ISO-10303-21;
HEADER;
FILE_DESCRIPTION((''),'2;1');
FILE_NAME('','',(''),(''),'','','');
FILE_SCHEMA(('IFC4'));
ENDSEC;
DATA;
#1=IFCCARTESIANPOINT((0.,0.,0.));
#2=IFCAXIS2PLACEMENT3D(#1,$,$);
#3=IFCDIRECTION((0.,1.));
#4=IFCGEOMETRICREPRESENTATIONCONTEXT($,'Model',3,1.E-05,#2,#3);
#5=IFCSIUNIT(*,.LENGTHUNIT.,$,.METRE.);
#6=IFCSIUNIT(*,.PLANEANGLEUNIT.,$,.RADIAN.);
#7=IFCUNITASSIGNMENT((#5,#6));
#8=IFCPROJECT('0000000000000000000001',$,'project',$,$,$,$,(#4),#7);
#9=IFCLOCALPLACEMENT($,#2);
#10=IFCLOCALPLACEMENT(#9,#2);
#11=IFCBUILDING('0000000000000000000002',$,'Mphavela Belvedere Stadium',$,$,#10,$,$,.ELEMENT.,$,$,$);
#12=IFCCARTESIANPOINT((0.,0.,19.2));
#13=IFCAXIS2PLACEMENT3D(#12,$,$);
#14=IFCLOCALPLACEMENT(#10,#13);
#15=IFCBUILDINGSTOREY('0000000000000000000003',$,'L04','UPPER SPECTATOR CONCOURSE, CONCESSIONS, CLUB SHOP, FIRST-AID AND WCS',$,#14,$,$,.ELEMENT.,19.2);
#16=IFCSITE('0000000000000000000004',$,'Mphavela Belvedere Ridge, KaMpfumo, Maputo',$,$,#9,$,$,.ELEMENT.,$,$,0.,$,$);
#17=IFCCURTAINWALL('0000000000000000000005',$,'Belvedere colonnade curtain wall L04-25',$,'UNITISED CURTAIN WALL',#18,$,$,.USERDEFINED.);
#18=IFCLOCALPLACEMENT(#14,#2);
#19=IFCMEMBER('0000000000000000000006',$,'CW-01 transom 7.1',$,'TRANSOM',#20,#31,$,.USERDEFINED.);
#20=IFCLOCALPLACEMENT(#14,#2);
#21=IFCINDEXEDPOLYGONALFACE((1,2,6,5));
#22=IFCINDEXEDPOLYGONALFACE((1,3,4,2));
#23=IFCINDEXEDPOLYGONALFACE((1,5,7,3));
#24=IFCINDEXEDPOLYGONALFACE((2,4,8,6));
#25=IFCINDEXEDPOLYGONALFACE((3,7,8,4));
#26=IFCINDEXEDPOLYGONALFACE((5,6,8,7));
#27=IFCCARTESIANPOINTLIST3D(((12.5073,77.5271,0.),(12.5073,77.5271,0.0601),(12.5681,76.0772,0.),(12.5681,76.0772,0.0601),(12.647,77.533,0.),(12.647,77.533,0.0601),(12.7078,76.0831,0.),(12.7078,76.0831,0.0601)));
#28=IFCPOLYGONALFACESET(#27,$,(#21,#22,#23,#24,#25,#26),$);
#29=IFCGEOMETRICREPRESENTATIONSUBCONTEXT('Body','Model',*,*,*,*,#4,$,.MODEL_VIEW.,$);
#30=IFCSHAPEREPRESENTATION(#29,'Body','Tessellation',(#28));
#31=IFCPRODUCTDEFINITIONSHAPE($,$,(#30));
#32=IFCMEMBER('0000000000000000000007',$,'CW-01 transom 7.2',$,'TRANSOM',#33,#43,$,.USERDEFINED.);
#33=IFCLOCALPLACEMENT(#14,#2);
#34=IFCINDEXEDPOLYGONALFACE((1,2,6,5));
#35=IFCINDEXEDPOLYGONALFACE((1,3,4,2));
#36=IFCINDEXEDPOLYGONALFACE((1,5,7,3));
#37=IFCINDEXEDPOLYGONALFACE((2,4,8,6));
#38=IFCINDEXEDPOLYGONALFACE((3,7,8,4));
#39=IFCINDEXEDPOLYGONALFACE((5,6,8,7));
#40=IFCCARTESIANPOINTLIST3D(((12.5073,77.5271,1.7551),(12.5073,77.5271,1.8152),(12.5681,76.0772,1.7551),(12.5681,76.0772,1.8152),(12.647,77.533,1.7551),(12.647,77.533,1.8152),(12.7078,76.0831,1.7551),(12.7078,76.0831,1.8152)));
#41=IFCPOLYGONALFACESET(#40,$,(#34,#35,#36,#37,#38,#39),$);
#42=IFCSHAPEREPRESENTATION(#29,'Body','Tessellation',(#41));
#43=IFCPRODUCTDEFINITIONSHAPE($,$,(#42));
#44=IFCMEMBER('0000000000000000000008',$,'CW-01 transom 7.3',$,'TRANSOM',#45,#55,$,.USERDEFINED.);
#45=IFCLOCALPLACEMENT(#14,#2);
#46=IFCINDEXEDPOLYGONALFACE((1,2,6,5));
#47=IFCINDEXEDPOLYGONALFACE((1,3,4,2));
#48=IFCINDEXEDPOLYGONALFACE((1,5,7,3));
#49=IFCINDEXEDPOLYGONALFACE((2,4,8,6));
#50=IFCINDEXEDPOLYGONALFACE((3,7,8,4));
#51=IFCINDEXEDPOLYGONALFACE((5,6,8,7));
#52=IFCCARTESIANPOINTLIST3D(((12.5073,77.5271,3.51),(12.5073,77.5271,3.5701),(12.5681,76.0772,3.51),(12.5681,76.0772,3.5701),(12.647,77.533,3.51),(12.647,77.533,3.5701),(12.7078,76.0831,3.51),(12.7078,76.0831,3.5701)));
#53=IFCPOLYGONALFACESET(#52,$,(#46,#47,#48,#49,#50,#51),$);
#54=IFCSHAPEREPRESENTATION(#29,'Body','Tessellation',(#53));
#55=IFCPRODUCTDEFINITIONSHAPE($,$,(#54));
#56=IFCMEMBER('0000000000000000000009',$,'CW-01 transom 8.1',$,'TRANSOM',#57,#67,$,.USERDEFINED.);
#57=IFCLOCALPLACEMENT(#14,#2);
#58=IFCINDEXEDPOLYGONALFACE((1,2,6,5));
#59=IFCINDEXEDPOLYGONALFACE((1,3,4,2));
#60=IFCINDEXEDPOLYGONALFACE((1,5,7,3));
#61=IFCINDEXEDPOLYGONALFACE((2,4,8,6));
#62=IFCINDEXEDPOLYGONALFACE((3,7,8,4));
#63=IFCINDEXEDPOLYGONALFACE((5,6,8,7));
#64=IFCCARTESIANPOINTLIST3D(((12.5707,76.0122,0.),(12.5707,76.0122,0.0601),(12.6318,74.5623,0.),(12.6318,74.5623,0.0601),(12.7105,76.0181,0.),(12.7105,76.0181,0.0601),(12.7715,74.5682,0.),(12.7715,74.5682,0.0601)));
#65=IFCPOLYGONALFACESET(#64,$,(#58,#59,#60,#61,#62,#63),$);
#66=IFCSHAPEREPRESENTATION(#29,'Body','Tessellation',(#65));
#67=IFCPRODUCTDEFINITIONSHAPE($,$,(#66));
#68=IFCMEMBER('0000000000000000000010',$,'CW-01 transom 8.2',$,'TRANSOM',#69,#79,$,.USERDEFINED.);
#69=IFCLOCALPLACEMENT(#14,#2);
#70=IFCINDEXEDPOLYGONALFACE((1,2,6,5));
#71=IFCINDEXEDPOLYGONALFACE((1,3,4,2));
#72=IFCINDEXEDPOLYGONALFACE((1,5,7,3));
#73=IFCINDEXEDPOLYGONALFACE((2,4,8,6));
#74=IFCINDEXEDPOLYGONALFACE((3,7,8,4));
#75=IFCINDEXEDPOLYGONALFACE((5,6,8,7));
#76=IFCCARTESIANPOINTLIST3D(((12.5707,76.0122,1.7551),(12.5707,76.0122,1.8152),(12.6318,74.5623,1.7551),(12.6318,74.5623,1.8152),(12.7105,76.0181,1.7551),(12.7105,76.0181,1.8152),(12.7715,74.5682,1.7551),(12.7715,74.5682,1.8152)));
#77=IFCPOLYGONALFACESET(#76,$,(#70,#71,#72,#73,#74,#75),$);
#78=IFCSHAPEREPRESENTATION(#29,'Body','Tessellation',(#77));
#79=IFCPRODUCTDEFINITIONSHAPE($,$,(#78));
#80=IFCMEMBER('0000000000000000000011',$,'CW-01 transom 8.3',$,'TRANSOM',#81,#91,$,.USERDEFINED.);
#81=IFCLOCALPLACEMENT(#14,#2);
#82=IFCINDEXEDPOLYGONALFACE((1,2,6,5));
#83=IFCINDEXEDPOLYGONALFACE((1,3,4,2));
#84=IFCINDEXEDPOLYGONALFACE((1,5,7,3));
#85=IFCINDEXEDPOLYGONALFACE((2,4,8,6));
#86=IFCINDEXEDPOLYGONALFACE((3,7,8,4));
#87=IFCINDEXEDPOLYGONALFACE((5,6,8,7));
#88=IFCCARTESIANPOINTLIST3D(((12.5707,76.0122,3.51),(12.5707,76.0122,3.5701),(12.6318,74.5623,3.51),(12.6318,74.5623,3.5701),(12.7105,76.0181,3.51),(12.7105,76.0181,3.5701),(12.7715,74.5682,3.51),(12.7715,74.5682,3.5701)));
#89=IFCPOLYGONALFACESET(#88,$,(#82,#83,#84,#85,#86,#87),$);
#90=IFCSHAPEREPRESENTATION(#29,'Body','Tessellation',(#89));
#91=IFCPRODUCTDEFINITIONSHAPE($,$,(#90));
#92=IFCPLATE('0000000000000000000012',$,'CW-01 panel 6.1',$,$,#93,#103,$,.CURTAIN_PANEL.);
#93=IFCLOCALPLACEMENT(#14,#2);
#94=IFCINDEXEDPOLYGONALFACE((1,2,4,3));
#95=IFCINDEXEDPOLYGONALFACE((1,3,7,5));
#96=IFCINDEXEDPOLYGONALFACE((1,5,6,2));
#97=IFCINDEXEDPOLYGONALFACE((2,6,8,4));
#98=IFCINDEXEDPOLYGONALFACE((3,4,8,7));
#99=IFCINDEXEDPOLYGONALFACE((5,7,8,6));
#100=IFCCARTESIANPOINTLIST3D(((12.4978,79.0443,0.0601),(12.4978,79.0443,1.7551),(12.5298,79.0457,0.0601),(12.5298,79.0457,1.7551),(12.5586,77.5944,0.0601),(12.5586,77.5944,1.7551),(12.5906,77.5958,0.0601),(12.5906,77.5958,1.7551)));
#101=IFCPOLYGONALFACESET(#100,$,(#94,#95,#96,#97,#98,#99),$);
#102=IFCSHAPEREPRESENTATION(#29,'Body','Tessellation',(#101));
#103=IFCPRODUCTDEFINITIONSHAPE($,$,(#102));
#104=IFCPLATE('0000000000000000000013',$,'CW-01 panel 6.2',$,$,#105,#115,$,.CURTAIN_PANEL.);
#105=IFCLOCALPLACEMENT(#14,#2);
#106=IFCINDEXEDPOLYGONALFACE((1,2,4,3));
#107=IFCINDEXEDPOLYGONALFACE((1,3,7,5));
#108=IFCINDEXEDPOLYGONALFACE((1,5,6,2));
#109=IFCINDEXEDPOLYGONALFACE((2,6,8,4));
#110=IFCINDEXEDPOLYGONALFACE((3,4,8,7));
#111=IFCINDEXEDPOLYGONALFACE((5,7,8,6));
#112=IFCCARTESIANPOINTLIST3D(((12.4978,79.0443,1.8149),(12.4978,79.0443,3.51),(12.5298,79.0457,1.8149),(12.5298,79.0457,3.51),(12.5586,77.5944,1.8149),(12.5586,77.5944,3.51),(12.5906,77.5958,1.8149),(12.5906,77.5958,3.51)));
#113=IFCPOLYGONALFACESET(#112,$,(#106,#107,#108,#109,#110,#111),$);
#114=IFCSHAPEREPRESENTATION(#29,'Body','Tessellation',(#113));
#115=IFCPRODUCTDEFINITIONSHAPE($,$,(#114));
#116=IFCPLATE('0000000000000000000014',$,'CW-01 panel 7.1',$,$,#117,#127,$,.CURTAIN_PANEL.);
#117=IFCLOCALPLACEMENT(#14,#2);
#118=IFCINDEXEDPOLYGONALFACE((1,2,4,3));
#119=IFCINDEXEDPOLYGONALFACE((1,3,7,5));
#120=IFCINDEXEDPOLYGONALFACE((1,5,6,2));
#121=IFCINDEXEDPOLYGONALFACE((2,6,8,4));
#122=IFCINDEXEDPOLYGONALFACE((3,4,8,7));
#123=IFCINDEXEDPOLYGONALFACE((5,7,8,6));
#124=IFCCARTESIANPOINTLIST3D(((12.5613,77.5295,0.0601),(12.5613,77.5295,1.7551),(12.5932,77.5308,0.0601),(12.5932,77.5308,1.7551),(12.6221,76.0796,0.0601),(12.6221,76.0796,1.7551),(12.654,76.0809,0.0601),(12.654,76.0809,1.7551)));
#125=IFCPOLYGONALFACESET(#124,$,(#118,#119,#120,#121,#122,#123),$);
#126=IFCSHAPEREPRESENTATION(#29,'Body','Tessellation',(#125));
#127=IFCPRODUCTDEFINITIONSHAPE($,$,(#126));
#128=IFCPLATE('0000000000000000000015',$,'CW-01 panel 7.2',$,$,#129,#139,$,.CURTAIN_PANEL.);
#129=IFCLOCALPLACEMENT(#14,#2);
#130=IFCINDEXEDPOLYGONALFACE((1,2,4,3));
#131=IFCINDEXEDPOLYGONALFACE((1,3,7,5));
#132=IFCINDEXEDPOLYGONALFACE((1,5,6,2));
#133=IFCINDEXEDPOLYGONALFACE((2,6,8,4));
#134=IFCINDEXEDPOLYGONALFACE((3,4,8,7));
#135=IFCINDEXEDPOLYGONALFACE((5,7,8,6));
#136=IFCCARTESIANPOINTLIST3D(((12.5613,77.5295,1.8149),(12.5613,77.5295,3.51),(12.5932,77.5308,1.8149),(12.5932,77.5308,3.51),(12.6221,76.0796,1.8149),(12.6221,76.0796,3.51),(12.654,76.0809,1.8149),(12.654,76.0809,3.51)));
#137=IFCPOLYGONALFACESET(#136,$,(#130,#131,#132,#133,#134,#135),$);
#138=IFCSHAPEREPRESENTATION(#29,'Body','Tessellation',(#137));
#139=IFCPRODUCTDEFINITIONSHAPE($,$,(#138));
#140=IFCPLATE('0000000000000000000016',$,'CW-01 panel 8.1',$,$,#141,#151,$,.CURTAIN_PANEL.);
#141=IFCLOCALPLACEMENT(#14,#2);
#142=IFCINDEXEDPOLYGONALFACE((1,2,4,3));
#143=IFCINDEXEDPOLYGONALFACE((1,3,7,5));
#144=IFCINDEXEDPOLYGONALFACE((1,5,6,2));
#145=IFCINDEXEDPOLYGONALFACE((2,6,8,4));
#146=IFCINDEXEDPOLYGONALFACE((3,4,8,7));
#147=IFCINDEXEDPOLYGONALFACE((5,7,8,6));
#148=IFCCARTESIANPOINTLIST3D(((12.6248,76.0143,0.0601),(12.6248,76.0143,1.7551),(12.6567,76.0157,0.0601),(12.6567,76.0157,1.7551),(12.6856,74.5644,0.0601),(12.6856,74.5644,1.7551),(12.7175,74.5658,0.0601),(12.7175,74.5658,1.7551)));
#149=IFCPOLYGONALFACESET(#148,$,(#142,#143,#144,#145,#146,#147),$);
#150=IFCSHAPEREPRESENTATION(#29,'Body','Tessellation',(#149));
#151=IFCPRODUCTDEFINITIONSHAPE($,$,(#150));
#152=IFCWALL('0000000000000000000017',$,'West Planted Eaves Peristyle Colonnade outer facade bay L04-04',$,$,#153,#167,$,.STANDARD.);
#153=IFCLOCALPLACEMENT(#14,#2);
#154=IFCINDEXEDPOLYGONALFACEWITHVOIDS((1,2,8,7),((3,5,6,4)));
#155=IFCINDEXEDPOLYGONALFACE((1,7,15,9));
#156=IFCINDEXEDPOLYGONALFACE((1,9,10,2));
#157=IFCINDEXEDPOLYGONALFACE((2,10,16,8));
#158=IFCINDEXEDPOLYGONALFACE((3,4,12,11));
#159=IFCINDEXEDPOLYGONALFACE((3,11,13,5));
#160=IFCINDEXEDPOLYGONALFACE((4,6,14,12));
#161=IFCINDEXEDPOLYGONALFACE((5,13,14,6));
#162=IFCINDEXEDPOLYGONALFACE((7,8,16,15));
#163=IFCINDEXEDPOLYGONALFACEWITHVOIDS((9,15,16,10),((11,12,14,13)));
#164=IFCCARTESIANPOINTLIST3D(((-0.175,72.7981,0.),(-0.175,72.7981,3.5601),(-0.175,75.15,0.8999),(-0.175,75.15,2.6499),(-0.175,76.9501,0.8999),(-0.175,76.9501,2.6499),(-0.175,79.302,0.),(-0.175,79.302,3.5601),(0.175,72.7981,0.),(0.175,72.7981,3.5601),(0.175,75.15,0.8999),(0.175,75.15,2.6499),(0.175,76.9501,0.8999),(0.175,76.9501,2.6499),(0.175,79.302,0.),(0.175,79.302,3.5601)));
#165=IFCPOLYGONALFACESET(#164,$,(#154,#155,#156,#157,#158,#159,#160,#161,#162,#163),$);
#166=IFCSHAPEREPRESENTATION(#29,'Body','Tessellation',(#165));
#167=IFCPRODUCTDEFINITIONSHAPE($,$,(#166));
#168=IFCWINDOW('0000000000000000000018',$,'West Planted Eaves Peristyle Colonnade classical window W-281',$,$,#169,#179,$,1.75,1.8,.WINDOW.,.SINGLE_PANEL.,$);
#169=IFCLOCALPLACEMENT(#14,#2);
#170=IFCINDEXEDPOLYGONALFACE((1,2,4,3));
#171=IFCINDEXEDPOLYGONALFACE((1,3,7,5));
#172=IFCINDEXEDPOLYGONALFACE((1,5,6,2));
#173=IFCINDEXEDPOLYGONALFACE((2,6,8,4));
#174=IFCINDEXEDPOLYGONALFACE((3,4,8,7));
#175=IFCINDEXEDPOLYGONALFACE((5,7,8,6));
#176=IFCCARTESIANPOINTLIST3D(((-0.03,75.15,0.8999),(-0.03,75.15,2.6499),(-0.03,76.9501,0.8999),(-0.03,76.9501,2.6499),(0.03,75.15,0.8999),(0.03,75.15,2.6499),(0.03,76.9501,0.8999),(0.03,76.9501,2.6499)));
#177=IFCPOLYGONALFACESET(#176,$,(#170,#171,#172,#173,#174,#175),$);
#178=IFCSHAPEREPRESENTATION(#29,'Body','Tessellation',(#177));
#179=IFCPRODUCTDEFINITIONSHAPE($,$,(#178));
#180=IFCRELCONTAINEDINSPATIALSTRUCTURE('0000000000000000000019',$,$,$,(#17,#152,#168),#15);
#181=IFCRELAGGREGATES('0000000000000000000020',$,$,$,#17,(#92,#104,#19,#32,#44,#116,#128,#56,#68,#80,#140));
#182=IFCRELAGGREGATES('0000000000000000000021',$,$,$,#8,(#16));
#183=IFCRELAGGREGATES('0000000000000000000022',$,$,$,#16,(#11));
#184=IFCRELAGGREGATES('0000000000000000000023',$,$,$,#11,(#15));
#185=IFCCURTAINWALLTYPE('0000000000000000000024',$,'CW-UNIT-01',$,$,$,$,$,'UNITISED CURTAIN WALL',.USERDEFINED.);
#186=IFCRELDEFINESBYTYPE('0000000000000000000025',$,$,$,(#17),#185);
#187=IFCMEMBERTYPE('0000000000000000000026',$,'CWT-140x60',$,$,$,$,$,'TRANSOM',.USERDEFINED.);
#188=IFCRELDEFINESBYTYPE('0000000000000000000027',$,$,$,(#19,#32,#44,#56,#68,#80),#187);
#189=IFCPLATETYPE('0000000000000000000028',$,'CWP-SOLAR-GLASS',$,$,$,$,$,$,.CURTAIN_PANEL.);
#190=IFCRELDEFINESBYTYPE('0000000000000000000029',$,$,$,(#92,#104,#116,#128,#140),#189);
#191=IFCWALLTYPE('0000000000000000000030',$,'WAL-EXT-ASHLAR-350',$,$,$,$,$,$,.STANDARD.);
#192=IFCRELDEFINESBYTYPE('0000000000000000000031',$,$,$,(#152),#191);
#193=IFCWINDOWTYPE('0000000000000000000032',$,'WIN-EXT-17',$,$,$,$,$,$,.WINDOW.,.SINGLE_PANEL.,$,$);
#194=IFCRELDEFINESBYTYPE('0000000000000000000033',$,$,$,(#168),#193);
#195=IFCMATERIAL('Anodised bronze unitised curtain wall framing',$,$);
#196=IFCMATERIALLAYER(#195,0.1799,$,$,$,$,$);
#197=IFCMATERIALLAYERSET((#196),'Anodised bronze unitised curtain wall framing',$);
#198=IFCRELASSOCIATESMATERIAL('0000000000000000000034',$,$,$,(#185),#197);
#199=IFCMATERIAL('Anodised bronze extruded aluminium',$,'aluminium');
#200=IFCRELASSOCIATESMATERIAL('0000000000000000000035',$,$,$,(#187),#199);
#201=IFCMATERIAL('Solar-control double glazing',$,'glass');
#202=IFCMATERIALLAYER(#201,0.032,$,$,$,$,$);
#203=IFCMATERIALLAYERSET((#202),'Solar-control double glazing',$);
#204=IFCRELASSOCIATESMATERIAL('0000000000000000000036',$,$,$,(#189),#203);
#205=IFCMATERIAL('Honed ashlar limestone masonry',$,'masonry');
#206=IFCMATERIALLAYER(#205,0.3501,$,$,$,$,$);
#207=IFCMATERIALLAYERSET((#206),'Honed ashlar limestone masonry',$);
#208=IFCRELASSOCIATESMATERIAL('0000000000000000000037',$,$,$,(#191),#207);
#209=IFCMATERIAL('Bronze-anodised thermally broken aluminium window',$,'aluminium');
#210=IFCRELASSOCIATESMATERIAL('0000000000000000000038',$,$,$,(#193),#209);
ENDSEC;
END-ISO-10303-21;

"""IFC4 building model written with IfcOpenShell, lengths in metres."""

from ifc_helpers import new_model, si_unit, direction, frame, frame_2d, origin, origin_2d, place, context, subcontext, project, spatial, rectangle, extrude, material, layer, layer_set, material_profile, profile_set, type_object, element, fill, aggregate, save


model = new_model("IFC4")

# Units and contexts
model_context = context("Model", 3, precision=1e-05, world=origin(), true_north=direction((0.0, 1.0)))
body_context = subcontext(model_context, "Body", "Model", "MODEL_VIEW")
ifc_project = project(units=[si_unit("LENGTHUNIT", "METRE"), si_unit("PLANEANGLEUNIT", "RADIAN")], contexts=[model_context])

# Site, building, storey
site_placement = place(None, origin())
site = spatial("IfcSite", under=ifc_project, at=site_placement, Name="Mphavela Belvedere Ridge, KaMpfumo, Maputo", CompositionType="ELEMENT", RefElevation=0.0)
building_placement = place(site_placement, origin())
building = spatial("IfcBuilding", under=site, at=building_placement, Name="Mphavela Belvedere Stadium", CompositionType="ELEMENT")
storey_placement = place(building_placement, frame((0.0, 0.0, 19.2)))
storey = spatial("IfcBuildingStorey", under=building, at=storey_placement, Name="L04", Description="UPPER SPECTATOR CONCOURSE, CONCESSIONS, CLUB SHOP, FIRST-AID AND WCS", CompositionType="ELEMENT", Elevation=19.2)

# Curtain wall, members, plates
ifc_material_1 = material(Name="Anodised bronze unitised curtain wall framing")
ifc_layer_1 = layer(ifc_material_1, 0.1799)
ifc_layer_set_1 = layer_set([ifc_layer_1], Name="Anodised bronze unitised curtain wall framing")
curtain_wall_type = type_object("IfcCurtainWallType", Name="CW-UNIT-01", ElementType="UNITISED CURTAIN WALL", PredefinedType="USERDEFINED", material=ifc_layer_set_1)
curtain_wall_placement = place(storey_placement, origin())
curtain_wall = element("IfcCurtainWall", 1, at=curtain_wall_placement, inside=storey, type_object=curtain_wall_type, Name="Belvedere colonnade curtain wall L04-25", ObjectType="UNITISED CURTAIN WALL", PredefinedType="USERDEFINED")
ifc_material_2 = material(Name="Anodised bronze extruded aluminium", Category="aluminium")
ifc_material_profile_1 = material_profile(ifc_material_2, rectangle(XDim=0.1399, YDim=0.0601, at=origin_2d()), Name="CW-TRN 140x60")
ifc_profile_set_1 = profile_set([ifc_material_profile_1], Name="Anodised bronze extruded aluminium")
member_type_1 = type_object("IfcMemberType", Name="CWT-140x60", ElementType="TRANSOM", PredefinedType="USERDEFINED", material=ifc_profile_set_1)
member_1_placement = place(storey_placement, frame((12.5771, 77.53, 0.03), z_axis=(0.041889, -0.999122, 0.0), x_axis=(0.999122, 0.041889, 0.0)))
member_1 = element("IfcMember", 2, at=member_1_placement, type_object=member_type_1, Name="CW-01 transom 7.1", ObjectType="TRANSOM", PredefinedType="USERDEFINED", context=body_context, shape_type="SweptSolid", body=[
    extrude(rectangle(XDim=0.1399, YDim=0.0601, at=origin_2d()), origin(), (0.0, 0.0, 1.0), 1.4512),
])
member_2_placement = place(storey_placement, frame((12.5771, 77.53, 1.7852), z_axis=(0.041889, -0.999122, 0.0), x_axis=(0.999122, 0.041889, 0.0)))
member_2 = element("IfcMember", 3, at=member_2_placement, type_object=member_type_1, Name="CW-01 transom 7.2", ObjectType="TRANSOM", PredefinedType="USERDEFINED", context=body_context, shape_type="SweptSolid", body=[
    extrude(rectangle(XDim=0.1399, YDim=0.0601, at=origin_2d()), origin(), (0.0, 0.0, 1.0), 1.4512),
])
member_3_placement = place(storey_placement, frame((12.5771, 77.53, 3.54), z_axis=(0.041889, -0.999122, 0.0), x_axis=(0.999122, 0.041889, 0.0)))
member_3 = element("IfcMember", 4, at=member_3_placement, type_object=member_type_1, Name="CW-01 transom 7.3", ObjectType="TRANSOM", PredefinedType="USERDEFINED", context=body_context, shape_type="SweptSolid", body=[
    extrude(rectangle(XDim=0.1399, YDim=0.0601, at=origin_2d()), origin(), (0.0, 0.0, 1.0), 1.4512),
])
member_4_placement = place(storey_placement, frame((12.6406, 76.0151, 0.03), z_axis=(0.042057, -0.999115, 0.0), x_axis=(0.999115, 0.042057, 0.0)))
member_4 = element("IfcMember", 5, at=member_4_placement, type_object=member_type_1, Name="CW-01 transom 8.1", ObjectType="TRANSOM", PredefinedType="USERDEFINED", context=body_context, shape_type="SweptSolid", body=[
    extrude(rectangle(XDim=0.1399, YDim=0.0601, at=origin_2d()), origin(), (0.0, 0.0, 1.0), 1.4512),
])
member_5_placement = place(storey_placement, frame((12.6406, 76.0151, 1.7852), z_axis=(0.042057, -0.999115, 0.0), x_axis=(0.999115, 0.042057, 0.0)))
member_5 = element("IfcMember", 6, at=member_5_placement, type_object=member_type_1, Name="CW-01 transom 8.2", ObjectType="TRANSOM", PredefinedType="USERDEFINED", context=body_context, shape_type="SweptSolid", body=[
    extrude(rectangle(XDim=0.1399, YDim=0.0601, at=origin_2d()), origin(), (0.0, 0.0, 1.0), 1.4512),
])
member_6_placement = place(storey_placement, frame((12.6406, 76.0151, 3.54), z_axis=(0.042057, -0.999115, 0.0), x_axis=(0.999115, 0.042057, 0.0)))
member_6 = element("IfcMember", 7, at=member_6_placement, type_object=member_type_1, Name="CW-01 transom 8.3", ObjectType="TRANSOM", PredefinedType="USERDEFINED", context=body_context, shape_type="SweptSolid", body=[
    extrude(rectangle(XDim=0.1399, YDim=0.0601, at=origin_2d()), origin(), (0.0, 0.0, 1.0), 1.4512),
])
ifc_material_3 = material(Name="Solar-control double glazing", Category="glass")
ifc_layer_2 = layer(ifc_material_3, 0.032)
ifc_layer_set_2 = layer_set([ifc_layer_2], Name="Solar-control double glazing")
plate_type = type_object("IfcPlateType", Name="CWP-SOLAR-GLASS", PredefinedType="CURTAIN_PANEL", material=ifc_layer_set_2)
plate_1_placement = place(storey_placement, frame((12.5442, 78.3201, 0.0601), z_axis=(0.0, 0.0, 1.0), x_axis=(0.041905, -0.999122, 0.0)))
plate_1 = element("IfcPlate", 8, at=plate_1_placement, type_object=plate_type, Name="CW-01 panel 6.1", PredefinedType="CURTAIN_PANEL", context=body_context, shape_type="SweptSolid", body=[
    extrude(rectangle(XDim=1.4512, YDim=0.032, at=origin_2d()), origin(), (0.0, 0.0, 1.0), 1.6951),
])
plate_2_placement = place(storey_placement, frame((12.5442, 78.3201, 1.8149), z_axis=(0.0, 0.0, 1.0), x_axis=(0.041905, -0.999122, 0.0)))
plate_2 = element("IfcPlate", 9, at=plate_2_placement, type_object=plate_type, Name="CW-01 panel 6.2", PredefinedType="CURTAIN_PANEL", context=body_context, shape_type="SweptSolid", body=[
    extrude(rectangle(XDim=1.4512, YDim=0.032, at=origin_2d()), origin(), (0.0, 0.0, 1.0), 1.6951),
])
plate_3_placement = place(storey_placement, frame((12.6077, 76.8052, 0.0601), z_axis=(0.0, 0.0, 1.0), x_axis=(0.041905, -0.999122, 0.0)))
plate_3 = element("IfcPlate", 10, at=plate_3_placement, type_object=plate_type, Name="CW-01 panel 7.1", PredefinedType="CURTAIN_PANEL", context=body_context, shape_type="SweptSolid", body=[
    extrude(rectangle(XDim=1.4512, YDim=0.032, at=origin_2d()), origin(), (0.0, 0.0, 1.0), 1.6951),
])
plate_4_placement = place(storey_placement, frame((12.6077, 76.8052, 1.8149), z_axis=(0.0, 0.0, 1.0), x_axis=(0.041905, -0.999122, 0.0)))
plate_4 = element("IfcPlate", 11, at=plate_4_placement, type_object=plate_type, Name="CW-01 panel 7.2", PredefinedType="CURTAIN_PANEL", context=body_context, shape_type="SweptSolid", body=[
    extrude(rectangle(XDim=1.4512, YDim=0.032, at=origin_2d()), origin(), (0.0, 0.0, 1.0), 1.6951),
])
plate_5_placement = place(storey_placement, frame((12.6711, 75.29, 0.0601), z_axis=(0.0, 0.0, 1.0), x_axis=(0.041905, -0.999122, 0.0)))
plate_5 = element("IfcPlate", 12, at=plate_5_placement, type_object=plate_type, Name="CW-01 panel 8.1", PredefinedType="CURTAIN_PANEL", context=body_context, shape_type="SweptSolid", body=[
    extrude(rectangle(XDim=1.4512, YDim=0.032, at=origin_2d()), origin(), (0.0, 0.0, 1.0), 1.6951),
])
aggregate(curtain_wall, [plate_1, plate_2, member_1, member_2, member_3, plate_3, plate_4, member_4, member_5, member_6, plate_5])

# Wall, opening, window
ifc_material_4 = material(Name="Honed ashlar limestone masonry", Category="masonry")
ifc_layer_3 = layer(ifc_material_4, 0.3501)
ifc_layer_set_3 = layer_set([ifc_layer_3], Name="Honed ashlar limestone masonry")
wall_type_1 = type_object("IfcWallType", Name="WAL-EXT-ASHLAR-350", PredefinedType="STANDARD", material=ifc_layer_set_3)
wall_1_placement = place(storey_placement, frame((0.0, 72.7981, 0.0), z_axis=(0.0, 0.0, 1.0), x_axis=(0.0, 1.0, 0.0)))
wall_1 = element("IfcWall", 13, at=wall_1_placement, inside=storey, type_object=wall_type_1, Name="West Planted Eaves Peristyle Colonnade outer facade bay L04-04", PredefinedType="STANDARD", context=body_context, shape_type="SweptSolid", body=[
    extrude(rectangle(XDim=6.5039, YDim=0.3501, at=frame_2d((3.252, 0.0))), origin(), (0.0, 0.0, 1.0), 3.5601),
])
opening_1_placement = place(wall_1_placement, frame((2.3521, 0.0, 0.8999)))
opening_1 = element("IfcOpeningElement", 14, at=opening_1_placement, cuts=wall_1, PredefinedType="OPENING", context=body_context, shape_type="SweptSolid", body=[
    extrude(rectangle(XDim=1.8, YDim=1.75, at=frame_2d((0.8999, 0.875))), frame((0.0, 0.1851, 0.0), z_axis=(0.0, -1.0, 0.0), x_axis=(1.0, 0.0, 0.0)), (0.0, 0.0, 1.0), 0.3701),
])
ifc_material_5 = material(Name="Bronze-anodised thermally broken aluminium window", Category="aluminium")
window_type = type_object("IfcWindowType", Name="WIN-EXT-17", PartitioningType="SINGLE_PANEL", PredefinedType="WINDOW", material=ifc_material_5)
window_placement = place(opening_1_placement, origin())
window = element("IfcWindow", 15, at=window_placement, inside=storey, type_object=window_type, Name="West Planted Eaves Peristyle Colonnade classical window W-281", OverallHeight=1.75, OverallWidth=1.8, PartitioningType="SINGLE_PANEL", PredefinedType="WINDOW", context=body_context, shape_type="SweptSolid", body=[
    extrude(rectangle(XDim=1.8, YDim=1.75, at=frame_2d((0.8999, 0.875))), frame((0.0, 0.03, 0.0), z_axis=(0.0, -1.0, 0.0), x_axis=(1.0, 0.0, 0.0)), (0.0, 0.0, 1.0), 0.0601),
])
fill(opening_1, window)

save(model, "model.ifc")
